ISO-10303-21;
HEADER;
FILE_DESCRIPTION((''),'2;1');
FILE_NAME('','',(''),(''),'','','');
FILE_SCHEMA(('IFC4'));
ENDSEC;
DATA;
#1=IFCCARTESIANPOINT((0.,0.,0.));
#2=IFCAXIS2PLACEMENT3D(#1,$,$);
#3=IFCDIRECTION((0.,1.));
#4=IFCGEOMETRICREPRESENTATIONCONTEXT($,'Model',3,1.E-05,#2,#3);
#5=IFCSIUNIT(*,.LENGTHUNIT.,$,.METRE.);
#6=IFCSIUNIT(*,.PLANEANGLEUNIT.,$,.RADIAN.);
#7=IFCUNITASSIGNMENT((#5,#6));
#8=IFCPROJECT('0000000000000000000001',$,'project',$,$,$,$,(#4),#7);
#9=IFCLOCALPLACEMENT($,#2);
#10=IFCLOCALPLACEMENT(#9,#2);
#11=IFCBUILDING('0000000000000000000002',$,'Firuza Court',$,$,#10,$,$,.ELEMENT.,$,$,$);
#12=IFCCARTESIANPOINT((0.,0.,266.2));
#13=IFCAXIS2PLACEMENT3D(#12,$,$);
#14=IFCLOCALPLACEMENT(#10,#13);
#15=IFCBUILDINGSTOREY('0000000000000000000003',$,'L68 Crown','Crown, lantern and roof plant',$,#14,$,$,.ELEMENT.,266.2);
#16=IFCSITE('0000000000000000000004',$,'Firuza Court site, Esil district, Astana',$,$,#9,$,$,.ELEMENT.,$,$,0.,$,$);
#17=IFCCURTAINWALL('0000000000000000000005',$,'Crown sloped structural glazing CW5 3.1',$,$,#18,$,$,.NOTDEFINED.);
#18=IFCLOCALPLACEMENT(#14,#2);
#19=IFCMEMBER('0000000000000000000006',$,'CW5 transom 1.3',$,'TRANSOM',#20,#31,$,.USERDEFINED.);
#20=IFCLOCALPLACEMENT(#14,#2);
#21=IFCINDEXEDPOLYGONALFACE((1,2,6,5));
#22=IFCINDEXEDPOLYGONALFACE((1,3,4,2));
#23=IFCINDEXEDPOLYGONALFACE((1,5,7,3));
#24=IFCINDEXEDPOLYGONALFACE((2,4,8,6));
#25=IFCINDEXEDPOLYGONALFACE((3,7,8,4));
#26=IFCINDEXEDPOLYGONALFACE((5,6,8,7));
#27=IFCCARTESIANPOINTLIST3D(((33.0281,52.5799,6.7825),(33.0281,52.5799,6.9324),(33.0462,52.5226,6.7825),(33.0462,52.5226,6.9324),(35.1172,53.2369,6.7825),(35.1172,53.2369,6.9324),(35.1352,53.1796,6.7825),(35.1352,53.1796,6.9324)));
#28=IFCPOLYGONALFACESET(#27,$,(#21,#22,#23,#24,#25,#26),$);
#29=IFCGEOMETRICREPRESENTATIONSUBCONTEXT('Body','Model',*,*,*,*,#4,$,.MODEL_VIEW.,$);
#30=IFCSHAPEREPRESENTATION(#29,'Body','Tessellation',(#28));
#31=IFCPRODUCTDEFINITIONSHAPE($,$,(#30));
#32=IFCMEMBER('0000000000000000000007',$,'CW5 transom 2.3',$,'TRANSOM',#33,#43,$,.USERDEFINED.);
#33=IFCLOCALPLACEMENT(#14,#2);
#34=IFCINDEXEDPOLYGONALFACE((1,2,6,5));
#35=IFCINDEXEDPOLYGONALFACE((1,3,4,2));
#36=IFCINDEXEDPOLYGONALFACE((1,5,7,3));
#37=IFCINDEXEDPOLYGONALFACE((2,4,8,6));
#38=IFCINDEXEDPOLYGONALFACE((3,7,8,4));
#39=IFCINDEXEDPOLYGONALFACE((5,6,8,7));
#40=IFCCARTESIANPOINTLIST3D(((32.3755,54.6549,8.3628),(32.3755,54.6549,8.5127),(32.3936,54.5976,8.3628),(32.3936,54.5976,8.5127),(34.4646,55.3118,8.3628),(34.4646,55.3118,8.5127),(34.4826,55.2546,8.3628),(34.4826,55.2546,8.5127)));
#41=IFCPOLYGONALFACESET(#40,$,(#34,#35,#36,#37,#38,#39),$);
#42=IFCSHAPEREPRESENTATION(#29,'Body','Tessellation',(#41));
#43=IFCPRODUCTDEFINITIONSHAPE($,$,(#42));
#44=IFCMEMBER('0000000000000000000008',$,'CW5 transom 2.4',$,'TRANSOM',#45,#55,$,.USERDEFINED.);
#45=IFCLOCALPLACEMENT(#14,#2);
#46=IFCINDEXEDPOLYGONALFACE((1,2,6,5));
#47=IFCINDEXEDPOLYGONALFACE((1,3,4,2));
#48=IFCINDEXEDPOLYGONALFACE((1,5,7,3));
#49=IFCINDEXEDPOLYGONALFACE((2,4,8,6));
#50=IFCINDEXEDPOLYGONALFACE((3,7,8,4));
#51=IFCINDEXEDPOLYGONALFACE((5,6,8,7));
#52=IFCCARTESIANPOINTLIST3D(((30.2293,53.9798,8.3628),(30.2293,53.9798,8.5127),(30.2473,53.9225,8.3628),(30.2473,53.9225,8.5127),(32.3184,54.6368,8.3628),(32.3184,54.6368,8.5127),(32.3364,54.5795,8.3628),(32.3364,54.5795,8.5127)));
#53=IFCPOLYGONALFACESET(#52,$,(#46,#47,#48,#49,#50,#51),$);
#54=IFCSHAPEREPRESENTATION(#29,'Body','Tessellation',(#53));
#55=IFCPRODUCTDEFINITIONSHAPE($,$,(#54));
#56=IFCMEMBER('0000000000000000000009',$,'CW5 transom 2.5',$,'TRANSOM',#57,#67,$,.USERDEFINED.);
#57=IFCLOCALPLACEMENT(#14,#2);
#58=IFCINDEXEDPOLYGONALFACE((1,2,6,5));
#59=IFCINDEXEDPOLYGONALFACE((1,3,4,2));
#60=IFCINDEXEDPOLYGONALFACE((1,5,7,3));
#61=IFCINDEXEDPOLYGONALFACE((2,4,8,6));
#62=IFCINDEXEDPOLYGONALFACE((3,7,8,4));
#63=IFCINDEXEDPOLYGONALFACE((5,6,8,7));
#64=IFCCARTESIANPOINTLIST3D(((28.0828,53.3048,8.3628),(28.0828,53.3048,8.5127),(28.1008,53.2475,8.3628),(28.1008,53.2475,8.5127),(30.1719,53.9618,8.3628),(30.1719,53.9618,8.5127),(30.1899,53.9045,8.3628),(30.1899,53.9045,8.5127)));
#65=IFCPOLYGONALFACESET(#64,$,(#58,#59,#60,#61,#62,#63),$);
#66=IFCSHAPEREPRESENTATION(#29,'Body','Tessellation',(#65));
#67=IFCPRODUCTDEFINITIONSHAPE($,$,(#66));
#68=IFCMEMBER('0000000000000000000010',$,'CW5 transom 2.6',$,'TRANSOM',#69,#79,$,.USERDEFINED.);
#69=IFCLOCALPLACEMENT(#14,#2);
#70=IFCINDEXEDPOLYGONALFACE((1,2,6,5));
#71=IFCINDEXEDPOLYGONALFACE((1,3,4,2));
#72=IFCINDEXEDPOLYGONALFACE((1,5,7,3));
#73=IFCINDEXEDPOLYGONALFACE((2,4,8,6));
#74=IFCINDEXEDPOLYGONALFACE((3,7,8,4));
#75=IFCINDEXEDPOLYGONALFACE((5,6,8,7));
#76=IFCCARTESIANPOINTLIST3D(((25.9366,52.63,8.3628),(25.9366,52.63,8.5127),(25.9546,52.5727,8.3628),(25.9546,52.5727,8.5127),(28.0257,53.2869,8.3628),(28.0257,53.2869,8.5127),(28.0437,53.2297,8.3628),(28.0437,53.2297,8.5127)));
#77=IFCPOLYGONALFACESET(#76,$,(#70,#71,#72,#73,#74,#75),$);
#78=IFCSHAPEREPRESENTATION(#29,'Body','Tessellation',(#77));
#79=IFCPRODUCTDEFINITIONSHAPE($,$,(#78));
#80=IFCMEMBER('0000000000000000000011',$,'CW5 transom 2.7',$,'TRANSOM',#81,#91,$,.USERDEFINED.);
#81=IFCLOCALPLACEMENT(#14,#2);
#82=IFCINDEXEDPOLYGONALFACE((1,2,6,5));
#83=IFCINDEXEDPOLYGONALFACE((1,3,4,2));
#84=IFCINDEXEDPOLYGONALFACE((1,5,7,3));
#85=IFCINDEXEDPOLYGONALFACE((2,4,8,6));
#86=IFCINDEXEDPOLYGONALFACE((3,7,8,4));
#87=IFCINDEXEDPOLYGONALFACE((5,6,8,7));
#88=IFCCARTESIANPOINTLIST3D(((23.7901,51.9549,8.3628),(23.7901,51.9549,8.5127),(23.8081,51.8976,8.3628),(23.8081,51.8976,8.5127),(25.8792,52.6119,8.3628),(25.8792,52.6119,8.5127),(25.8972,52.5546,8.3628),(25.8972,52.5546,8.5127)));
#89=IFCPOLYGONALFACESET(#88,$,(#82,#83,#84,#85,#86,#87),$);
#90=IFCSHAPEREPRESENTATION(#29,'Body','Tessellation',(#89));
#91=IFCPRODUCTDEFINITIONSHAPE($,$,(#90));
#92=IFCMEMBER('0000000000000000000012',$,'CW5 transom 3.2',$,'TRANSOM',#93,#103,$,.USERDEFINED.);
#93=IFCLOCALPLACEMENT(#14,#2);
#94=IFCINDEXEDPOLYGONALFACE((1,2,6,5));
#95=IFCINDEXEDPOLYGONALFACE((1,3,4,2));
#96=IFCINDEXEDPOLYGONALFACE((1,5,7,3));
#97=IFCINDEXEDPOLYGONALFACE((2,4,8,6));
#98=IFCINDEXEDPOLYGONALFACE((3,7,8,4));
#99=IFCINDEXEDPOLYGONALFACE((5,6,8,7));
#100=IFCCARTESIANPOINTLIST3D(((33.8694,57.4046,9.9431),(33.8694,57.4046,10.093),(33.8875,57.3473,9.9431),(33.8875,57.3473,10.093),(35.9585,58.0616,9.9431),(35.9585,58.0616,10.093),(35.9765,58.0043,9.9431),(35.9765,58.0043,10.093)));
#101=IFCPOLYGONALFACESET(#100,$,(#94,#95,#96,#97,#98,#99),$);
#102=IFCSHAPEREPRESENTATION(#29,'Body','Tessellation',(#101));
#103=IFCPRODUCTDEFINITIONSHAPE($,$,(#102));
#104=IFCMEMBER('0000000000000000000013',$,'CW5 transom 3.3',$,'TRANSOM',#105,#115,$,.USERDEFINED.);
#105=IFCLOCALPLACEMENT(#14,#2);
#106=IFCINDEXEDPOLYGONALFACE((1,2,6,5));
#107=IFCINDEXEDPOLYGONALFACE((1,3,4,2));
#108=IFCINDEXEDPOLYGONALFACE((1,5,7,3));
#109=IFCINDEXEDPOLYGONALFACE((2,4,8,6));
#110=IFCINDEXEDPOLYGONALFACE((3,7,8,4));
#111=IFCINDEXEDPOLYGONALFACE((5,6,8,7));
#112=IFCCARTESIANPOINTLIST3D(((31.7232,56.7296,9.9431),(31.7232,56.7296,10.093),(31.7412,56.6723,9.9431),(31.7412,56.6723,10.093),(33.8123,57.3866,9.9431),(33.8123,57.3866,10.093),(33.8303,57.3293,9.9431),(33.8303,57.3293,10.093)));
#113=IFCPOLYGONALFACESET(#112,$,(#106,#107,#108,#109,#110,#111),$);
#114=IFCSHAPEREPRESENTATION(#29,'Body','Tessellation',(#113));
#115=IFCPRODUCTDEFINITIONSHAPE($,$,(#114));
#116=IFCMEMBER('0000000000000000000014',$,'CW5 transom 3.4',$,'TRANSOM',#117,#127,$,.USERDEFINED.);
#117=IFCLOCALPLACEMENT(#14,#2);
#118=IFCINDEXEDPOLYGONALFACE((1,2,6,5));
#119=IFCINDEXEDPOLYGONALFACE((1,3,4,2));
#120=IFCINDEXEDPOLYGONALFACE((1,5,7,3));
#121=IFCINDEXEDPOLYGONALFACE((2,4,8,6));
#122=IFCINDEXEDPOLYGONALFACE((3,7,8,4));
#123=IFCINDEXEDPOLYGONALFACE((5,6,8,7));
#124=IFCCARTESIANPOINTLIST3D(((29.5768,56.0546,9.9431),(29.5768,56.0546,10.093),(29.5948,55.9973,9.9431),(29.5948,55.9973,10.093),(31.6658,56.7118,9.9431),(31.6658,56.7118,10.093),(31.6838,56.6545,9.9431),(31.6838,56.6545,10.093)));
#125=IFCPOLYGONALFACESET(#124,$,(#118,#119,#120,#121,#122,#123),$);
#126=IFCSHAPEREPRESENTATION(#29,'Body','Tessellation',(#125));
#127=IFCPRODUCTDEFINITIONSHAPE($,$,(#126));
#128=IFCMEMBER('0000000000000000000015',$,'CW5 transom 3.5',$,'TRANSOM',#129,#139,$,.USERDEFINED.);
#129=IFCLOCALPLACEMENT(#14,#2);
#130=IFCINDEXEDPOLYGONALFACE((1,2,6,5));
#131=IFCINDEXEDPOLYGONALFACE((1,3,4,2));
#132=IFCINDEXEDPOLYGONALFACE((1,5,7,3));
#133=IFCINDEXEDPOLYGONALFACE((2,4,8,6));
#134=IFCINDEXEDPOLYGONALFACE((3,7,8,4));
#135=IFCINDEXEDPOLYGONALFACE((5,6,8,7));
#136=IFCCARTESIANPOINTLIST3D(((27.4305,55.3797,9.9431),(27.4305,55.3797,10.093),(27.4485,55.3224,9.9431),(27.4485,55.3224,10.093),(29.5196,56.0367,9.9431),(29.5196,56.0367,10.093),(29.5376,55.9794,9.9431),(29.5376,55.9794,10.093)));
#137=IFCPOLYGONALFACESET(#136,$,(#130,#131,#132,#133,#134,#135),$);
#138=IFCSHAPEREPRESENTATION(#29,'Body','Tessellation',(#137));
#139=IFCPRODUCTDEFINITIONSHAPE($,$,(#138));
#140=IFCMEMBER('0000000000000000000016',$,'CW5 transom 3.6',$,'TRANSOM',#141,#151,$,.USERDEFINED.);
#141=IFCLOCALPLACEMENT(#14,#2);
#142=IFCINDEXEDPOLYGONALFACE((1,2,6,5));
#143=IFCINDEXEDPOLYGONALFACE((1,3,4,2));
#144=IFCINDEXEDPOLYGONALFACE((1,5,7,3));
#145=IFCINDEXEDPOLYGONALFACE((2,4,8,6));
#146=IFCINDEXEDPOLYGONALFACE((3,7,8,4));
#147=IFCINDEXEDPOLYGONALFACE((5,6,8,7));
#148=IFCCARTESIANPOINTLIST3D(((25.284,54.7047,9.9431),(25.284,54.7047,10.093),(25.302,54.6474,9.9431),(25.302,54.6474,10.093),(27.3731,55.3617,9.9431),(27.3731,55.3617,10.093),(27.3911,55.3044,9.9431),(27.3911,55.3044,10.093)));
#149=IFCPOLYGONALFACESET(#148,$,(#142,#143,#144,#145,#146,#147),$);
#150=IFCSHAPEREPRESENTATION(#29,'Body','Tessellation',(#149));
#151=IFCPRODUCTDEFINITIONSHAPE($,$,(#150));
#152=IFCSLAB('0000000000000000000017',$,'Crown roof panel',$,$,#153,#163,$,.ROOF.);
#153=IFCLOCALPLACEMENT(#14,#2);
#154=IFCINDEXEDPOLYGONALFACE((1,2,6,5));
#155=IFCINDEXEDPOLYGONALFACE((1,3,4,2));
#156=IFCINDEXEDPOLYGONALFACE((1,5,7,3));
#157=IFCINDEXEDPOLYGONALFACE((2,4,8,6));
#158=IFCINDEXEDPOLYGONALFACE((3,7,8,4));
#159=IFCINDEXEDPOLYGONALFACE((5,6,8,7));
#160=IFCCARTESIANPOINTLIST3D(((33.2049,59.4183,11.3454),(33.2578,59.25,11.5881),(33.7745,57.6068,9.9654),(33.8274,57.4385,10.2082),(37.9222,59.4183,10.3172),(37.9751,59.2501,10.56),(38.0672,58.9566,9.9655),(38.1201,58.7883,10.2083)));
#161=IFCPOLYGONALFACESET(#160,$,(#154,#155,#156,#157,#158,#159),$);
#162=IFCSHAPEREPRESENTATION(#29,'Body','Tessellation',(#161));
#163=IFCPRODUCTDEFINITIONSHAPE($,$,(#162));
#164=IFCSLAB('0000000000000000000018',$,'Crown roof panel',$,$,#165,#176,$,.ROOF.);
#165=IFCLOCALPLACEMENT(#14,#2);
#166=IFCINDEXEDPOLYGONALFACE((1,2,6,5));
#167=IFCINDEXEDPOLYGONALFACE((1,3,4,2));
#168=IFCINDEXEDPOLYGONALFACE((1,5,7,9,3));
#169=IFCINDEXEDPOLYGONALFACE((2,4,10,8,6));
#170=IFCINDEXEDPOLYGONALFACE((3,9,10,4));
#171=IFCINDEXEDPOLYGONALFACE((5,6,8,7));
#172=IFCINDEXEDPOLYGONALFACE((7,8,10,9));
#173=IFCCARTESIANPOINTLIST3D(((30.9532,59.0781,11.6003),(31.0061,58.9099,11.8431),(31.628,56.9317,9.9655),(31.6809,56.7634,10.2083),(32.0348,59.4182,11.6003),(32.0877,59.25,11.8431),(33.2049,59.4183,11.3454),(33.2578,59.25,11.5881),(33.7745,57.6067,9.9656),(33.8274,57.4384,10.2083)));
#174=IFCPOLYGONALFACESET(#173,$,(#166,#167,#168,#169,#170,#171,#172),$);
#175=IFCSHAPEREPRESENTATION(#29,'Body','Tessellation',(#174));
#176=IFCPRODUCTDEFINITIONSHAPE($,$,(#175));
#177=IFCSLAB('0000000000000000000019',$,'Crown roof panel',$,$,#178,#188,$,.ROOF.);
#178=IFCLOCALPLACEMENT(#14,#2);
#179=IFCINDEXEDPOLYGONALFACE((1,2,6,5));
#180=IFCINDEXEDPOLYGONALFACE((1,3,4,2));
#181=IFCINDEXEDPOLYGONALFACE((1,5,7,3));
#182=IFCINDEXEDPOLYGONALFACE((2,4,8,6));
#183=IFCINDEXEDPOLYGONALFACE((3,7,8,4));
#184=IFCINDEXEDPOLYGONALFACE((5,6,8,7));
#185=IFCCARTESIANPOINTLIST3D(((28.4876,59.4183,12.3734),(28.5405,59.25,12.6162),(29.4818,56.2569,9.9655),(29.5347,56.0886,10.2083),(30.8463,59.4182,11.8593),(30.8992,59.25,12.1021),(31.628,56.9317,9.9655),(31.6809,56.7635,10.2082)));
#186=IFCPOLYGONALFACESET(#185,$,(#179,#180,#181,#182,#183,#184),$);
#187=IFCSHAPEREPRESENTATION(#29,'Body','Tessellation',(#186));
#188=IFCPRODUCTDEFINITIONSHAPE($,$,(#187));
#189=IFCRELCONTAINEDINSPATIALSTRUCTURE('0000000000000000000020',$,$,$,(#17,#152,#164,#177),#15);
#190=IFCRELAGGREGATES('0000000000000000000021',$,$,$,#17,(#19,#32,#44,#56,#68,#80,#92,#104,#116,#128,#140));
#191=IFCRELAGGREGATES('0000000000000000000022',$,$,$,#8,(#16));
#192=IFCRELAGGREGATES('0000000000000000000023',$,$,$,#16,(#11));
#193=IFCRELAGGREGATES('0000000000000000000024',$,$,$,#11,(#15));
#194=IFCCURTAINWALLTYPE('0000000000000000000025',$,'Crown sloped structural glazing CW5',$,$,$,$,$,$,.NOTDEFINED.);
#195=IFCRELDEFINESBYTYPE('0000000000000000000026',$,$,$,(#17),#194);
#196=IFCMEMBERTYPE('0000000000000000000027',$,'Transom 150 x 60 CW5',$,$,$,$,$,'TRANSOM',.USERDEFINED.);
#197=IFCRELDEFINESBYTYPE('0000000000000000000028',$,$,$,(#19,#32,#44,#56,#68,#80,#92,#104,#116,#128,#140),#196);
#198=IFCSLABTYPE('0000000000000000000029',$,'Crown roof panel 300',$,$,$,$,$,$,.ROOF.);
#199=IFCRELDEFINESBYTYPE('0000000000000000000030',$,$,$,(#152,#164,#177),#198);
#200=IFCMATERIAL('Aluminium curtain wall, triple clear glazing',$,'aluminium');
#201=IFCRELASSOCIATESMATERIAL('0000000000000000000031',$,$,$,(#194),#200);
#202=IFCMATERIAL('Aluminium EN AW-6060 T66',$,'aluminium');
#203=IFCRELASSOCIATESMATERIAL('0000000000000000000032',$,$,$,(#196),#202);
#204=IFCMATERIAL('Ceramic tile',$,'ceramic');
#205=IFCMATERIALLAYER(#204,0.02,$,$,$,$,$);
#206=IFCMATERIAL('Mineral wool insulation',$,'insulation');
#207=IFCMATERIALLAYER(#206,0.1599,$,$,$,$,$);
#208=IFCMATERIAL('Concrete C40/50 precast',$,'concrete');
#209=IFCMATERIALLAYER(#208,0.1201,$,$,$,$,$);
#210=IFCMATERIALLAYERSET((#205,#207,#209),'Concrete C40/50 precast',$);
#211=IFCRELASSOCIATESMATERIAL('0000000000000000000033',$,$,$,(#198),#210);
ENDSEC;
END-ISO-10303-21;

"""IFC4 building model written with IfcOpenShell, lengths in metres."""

from ifc_helpers import new_model, si_unit, direction, frame, origin, origin_2d, place, context, subcontext, project, spatial, polyline, rectangle, outline, extrude, material, layer, layer_set, material_profile, profile_set, type_object, element, aggregate, save


model = new_model("IFC4")

# Units and contexts
model_context = context("Model", 3, precision=1e-05, world=origin(), true_north=direction((0.0, 1.0)))
body_context = subcontext(model_context, "Body", "Model", "MODEL_VIEW")
ifc_project = project(units=[si_unit("LENGTHUNIT", "METRE"), si_unit("PLANEANGLEUNIT", "RADIAN")], contexts=[model_context])

# Site, building, storey
site_placement = place(None, origin())
site = spatial("IfcSite", under=ifc_project, at=site_placement, Name="Firuza Court site, Esil district, Astana", CompositionType="ELEMENT", RefElevation=0.0)
building_placement = place(site_placement, origin())
building = spatial("IfcBuilding", under=site, at=building_placement, Name="Firuza Court", CompositionType="ELEMENT")
storey_placement = place(building_placement, frame((0.0, 0.0, 266.2)))
storey = spatial("IfcBuildingStorey", under=building, at=storey_placement, Name="L68 Crown", Description="Crown, lantern and roof plant", CompositionType="ELEMENT", Elevation=266.2)

# Curtain wall, members
ifc_material_1 = material(Name="Aluminium curtain wall, triple clear glazing", Category="aluminium")
curtain_wall_type = type_object("IfcCurtainWallType", Name="Crown sloped structural glazing CW5", PredefinedType="NOTDEFINED", material=ifc_material_1)
curtain_wall_placement = place(storey_placement, origin())
curtain_wall = element("IfcCurtainWall", 1, at=curtain_wall_placement, inside=storey, type_object=curtain_wall_type, Name="Crown sloped structural glazing CW5 3.1", PredefinedType="NOTDEFINED")
ifc_material_2 = material(Name="Aluminium EN AW-6060 T66", Category="aluminium")
ifc_material_profile_1 = material_profile(ifc_material_2, rectangle(XDim=0.0601, YDim=0.1499, at=origin_2d()), Name="Transom 150 x 60 CW5")
ifc_profile_set_1 = profile_set([ifc_material_profile_1], Name="Aluminium EN AW-6060 T66")
member_type_1 = type_object("IfcMemberType", Name="Transom 150 x 60 CW5", ElementType="TRANSOM", PredefinedType="USERDEFINED", material=ifc_profile_set_1)
member_1_placement = place(storey_placement, frame((35.1262, 53.2083, 6.8574), z_axis=(-0.953941, -0.299995, 0.0), x_axis=(0.299995, -0.953941, 0.0)))
member_1 = element("IfcMember", 2, at=member_1_placement, type_object=member_type_1, Name="CW5 transom 1.3", ObjectType="TRANSOM", PredefinedType="USERDEFINED", context=body_context, shape_type="SweptSolid", body=[
    extrude(rectangle(XDim=0.0601, YDim=0.1499, at=origin_2d()), origin(), (0.0, 0.0, 1.0), 2.1899),
])
member_2_placement = place(storey_placement, frame((34.4736, 55.2832, 8.4377), z_axis=(-0.953941, -0.299995, 0.0), x_axis=(0.299995, -0.953941, 0.0)))
member_2 = element("IfcMember", 3, at=member_2_placement, type_object=member_type_1, Name="CW5 transom 2.3", ObjectType="TRANSOM", PredefinedType="USERDEFINED", context=body_context, shape_type="SweptSolid", body=[
    extrude(rectangle(XDim=0.0601, YDim=0.1499, at=origin_2d()), origin(), (0.0, 0.0, 1.0), 2.1899),
])
member_3_placement = place(storey_placement, frame((32.3274, 54.6082, 8.4377), z_axis=(-0.953941, -0.299995, 0.0), x_axis=(0.299995, -0.953941, 0.0)))
member_3 = element("IfcMember", 4, at=member_3_placement, type_object=member_type_1, Name="CW5 transom 2.4", ObjectType="TRANSOM", PredefinedType="USERDEFINED", context=body_context, shape_type="SweptSolid", body=[
    extrude(rectangle(XDim=0.0601, YDim=0.1499, at=origin_2d()), origin(), (0.0, 0.0, 1.0), 2.1899),
])
member_4_placement = place(storey_placement, frame((30.1809, 53.9331, 8.4377), z_axis=(-0.953941, -0.299995, 0.0), x_axis=(0.299995, -0.953941, 0.0)))
member_4 = element("IfcMember", 5, at=member_4_placement, type_object=member_type_1, Name="CW5 transom 2.5", ObjectType="TRANSOM", PredefinedType="USERDEFINED", context=body_context, shape_type="SweptSolid", body=[
    extrude(rectangle(XDim=0.0601, YDim=0.1499, at=origin_2d()), origin(), (0.0, 0.0, 1.0), 2.1899),
])
member_5_placement = place(storey_placement, frame((28.0347, 53.2583, 8.4377), z_axis=(-0.953941, -0.299995, 0.0), x_axis=(0.299995, -0.953941, 0.0)))
member_5 = element("IfcMember", 6, at=member_5_placement, type_object=member_type_1, Name="CW5 transom 2.6", ObjectType="TRANSOM", PredefinedType="USERDEFINED", context=body_context, shape_type="SweptSolid", body=[
    extrude(rectangle(XDim=0.0601, YDim=0.1499, at=origin_2d()), origin(), (0.0, 0.0, 1.0), 2.1899),
])
member_6_placement = place(storey_placement, frame((25.8882, 52.5833, 8.4377), z_axis=(-0.953941, -0.299995, 0.0), x_axis=(0.299995, -0.953941, 0.0)))
member_6 = element("IfcMember", 7, at=member_6_placement, type_object=member_type_1, Name="CW5 transom 2.7", ObjectType="TRANSOM", PredefinedType="USERDEFINED", context=body_context, shape_type="SweptSolid", body=[
    extrude(rectangle(XDim=0.0601, YDim=0.1499, at=origin_2d()), origin(), (0.0, 0.0, 1.0), 2.1899),
])
member_7_placement = place(storey_placement, frame((35.9675, 58.033, 10.0181), z_axis=(-0.953941, -0.299995, 0.0), x_axis=(0.299995, -0.953941, 0.0)))
member_7 = element("IfcMember", 8, at=member_7_placement, type_object=member_type_1, Name="CW5 transom 3.2", ObjectType="TRANSOM", PredefinedType="USERDEFINED", context=body_context, shape_type="SweptSolid", body=[
    extrude(rectangle(XDim=0.0601, YDim=0.1499, at=origin_2d()), origin(), (0.0, 0.0, 1.0), 2.1899),
])
member_8_placement = place(storey_placement, frame((33.8213, 57.3579, 10.0181), z_axis=(-0.953941, -0.299995, 0.0), x_axis=(0.299995, -0.953941, 0.0)))
member_8 = element("IfcMember", 9, at=member_8_placement, type_object=member_type_1, Name="CW5 transom 3.3", ObjectType="TRANSOM", PredefinedType="USERDEFINED", context=body_context, shape_type="SweptSolid", body=[
    extrude(rectangle(XDim=0.0601, YDim=0.1499, at=origin_2d()), origin(), (0.0, 0.0, 1.0), 2.1899),
])
member_9_placement = place(storey_placement, frame((31.6748, 56.6831, 10.0181), z_axis=(-0.953909, -0.300096, 0.0), x_axis=(0.300096, -0.953909, 0.0)))
member_9 = element("IfcMember", 10, at=member_9_placement, type_object=member_type_1, Name="CW5 transom 3.4", ObjectType="TRANSOM", PredefinedType="USERDEFINED", context=body_context, shape_type="SweptSolid", body=[
    extrude(rectangle(XDim=0.0601, YDim=0.1499, at=origin_2d()), origin(), (0.0, 0.0, 1.0), 2.1899),
])
member_10_placement = place(storey_placement, frame((29.5286, 56.0081, 10.0181), z_axis=(-0.953941, -0.299995, 0.0), x_axis=(0.299995, -0.953941, 0.0)))
member_10 = element("IfcMember", 11, at=member_10_placement, type_object=member_type_1, Name="CW5 transom 3.5", ObjectType="TRANSOM", PredefinedType="USERDEFINED", context=body_context, shape_type="SweptSolid", body=[
    extrude(rectangle(XDim=0.0601, YDim=0.1499, at=origin_2d()), origin(), (0.0, 0.0, 1.0), 2.1899),
])
member_11_placement = place(storey_placement, frame((27.3821, 55.333, 10.0181), z_axis=(-0.953941, -0.299995, 0.0), x_axis=(0.299995, -0.953941, 0.0)))
member_11 = element("IfcMember", 12, at=member_11_placement, type_object=member_type_1, Name="CW5 transom 3.6", ObjectType="TRANSOM", PredefinedType="USERDEFINED", context=body_context, shape_type="SweptSolid", body=[
    extrude(rectangle(XDim=0.0601, YDim=0.1499, at=origin_2d()), origin(), (0.0, 0.0, 1.0), 2.1899),
])

# Slabs
ifc_material_3 = material(Name="Ceramic tile", Category="ceramic")
ifc_layer_1 = layer(ifc_material_3, 0.02)
ifc_material_4 = material(Name="Mineral wool insulation", Category="insulation")
ifc_layer_2 = layer(ifc_material_4, 0.1599)
ifc_material_5 = material(Name="Concrete C40/50 precast", Category="concrete")
ifc_layer_3 = layer(ifc_material_5, 0.1201)
ifc_layer_set_1 = layer_set([ifc_layer_1, ifc_layer_2, ifc_layer_3], Name="Concrete C40/50 precast")
slab_type = type_object("IfcSlabType", Name="Crown roof panel 300", PredefinedType="ROOF", material=ifc_layer_set_1)
slab_1_placement = place(storey_placement, frame((33.2578, 59.25, 11.5881), z_axis=(0.176324, -0.560816, 0.808947), x_axis=(0.977061, 0.000013, -0.212958)))
element("IfcSlab", 13, at=slab_1_placement, inside=storey, type_object=slab_type, Name="Crown roof panel", PredefinedType="ROOF", context=body_context, shape_type="SweptSolid", body=[
    extrude(outline(polyline([(0.0, 0.0), (4.828, 0.0), (5.0446, -0.5577), (0.8503, -2.1879), (0.0, 0.0)])), origin(), (0.0, 0.0, -1.0), 0.3),
])
slab_2_placement = place(storey_placement, frame((31.6809, 56.7634, 10.2083), z_axis=(0.176306, -0.560739, 0.809004), x_axis=(-0.242625, 0.771765, 0.587803)))
element("IfcSlab", 14, at=slab_2_placement, inside=storey, type_object=slab_type, Name="Crown roof panel", PredefinedType="ROOF", context=body_context, shape_type="SweptSolid", body=[
    extrude(outline(polyline([(0.0, 0.0), (2.7812, 0.0), (2.7813, -1.1338), (2.3476, -2.2501), (0.0002, -2.2501), (0.0, 0.0)])), origin(), (0.0, 0.0, -1.0), 0.3),
])
slab_3_placement = place(storey_placement, frame((29.5347, 56.0886, 10.2083), z_axis=(0.176329, -0.560734, 0.809003), x_axis=(-0.242686, 0.771744, 0.587805)))
element("IfcSlab", 15, at=slab_3_placement, inside=storey, type_object=slab_type, Name="Crown roof panel", PredefinedType="ROOF", context=body_context, shape_type="SweptSolid", body=[
    extrude(outline(polyline([(0.0, 0.0), (4.0964, 0.0), (3.2218, -2.25), (-0.0001, -2.2498), (0.0, 0.0)])), origin(), (0.0, 0.0, -1.0), 0.3),
])

aggregate(curtain_wall, [member_1, member_2, member_3, member_4, member_5, member_6, member_7, member_8, member_9, member_10, member_11])

save(model, "model.ifc")
